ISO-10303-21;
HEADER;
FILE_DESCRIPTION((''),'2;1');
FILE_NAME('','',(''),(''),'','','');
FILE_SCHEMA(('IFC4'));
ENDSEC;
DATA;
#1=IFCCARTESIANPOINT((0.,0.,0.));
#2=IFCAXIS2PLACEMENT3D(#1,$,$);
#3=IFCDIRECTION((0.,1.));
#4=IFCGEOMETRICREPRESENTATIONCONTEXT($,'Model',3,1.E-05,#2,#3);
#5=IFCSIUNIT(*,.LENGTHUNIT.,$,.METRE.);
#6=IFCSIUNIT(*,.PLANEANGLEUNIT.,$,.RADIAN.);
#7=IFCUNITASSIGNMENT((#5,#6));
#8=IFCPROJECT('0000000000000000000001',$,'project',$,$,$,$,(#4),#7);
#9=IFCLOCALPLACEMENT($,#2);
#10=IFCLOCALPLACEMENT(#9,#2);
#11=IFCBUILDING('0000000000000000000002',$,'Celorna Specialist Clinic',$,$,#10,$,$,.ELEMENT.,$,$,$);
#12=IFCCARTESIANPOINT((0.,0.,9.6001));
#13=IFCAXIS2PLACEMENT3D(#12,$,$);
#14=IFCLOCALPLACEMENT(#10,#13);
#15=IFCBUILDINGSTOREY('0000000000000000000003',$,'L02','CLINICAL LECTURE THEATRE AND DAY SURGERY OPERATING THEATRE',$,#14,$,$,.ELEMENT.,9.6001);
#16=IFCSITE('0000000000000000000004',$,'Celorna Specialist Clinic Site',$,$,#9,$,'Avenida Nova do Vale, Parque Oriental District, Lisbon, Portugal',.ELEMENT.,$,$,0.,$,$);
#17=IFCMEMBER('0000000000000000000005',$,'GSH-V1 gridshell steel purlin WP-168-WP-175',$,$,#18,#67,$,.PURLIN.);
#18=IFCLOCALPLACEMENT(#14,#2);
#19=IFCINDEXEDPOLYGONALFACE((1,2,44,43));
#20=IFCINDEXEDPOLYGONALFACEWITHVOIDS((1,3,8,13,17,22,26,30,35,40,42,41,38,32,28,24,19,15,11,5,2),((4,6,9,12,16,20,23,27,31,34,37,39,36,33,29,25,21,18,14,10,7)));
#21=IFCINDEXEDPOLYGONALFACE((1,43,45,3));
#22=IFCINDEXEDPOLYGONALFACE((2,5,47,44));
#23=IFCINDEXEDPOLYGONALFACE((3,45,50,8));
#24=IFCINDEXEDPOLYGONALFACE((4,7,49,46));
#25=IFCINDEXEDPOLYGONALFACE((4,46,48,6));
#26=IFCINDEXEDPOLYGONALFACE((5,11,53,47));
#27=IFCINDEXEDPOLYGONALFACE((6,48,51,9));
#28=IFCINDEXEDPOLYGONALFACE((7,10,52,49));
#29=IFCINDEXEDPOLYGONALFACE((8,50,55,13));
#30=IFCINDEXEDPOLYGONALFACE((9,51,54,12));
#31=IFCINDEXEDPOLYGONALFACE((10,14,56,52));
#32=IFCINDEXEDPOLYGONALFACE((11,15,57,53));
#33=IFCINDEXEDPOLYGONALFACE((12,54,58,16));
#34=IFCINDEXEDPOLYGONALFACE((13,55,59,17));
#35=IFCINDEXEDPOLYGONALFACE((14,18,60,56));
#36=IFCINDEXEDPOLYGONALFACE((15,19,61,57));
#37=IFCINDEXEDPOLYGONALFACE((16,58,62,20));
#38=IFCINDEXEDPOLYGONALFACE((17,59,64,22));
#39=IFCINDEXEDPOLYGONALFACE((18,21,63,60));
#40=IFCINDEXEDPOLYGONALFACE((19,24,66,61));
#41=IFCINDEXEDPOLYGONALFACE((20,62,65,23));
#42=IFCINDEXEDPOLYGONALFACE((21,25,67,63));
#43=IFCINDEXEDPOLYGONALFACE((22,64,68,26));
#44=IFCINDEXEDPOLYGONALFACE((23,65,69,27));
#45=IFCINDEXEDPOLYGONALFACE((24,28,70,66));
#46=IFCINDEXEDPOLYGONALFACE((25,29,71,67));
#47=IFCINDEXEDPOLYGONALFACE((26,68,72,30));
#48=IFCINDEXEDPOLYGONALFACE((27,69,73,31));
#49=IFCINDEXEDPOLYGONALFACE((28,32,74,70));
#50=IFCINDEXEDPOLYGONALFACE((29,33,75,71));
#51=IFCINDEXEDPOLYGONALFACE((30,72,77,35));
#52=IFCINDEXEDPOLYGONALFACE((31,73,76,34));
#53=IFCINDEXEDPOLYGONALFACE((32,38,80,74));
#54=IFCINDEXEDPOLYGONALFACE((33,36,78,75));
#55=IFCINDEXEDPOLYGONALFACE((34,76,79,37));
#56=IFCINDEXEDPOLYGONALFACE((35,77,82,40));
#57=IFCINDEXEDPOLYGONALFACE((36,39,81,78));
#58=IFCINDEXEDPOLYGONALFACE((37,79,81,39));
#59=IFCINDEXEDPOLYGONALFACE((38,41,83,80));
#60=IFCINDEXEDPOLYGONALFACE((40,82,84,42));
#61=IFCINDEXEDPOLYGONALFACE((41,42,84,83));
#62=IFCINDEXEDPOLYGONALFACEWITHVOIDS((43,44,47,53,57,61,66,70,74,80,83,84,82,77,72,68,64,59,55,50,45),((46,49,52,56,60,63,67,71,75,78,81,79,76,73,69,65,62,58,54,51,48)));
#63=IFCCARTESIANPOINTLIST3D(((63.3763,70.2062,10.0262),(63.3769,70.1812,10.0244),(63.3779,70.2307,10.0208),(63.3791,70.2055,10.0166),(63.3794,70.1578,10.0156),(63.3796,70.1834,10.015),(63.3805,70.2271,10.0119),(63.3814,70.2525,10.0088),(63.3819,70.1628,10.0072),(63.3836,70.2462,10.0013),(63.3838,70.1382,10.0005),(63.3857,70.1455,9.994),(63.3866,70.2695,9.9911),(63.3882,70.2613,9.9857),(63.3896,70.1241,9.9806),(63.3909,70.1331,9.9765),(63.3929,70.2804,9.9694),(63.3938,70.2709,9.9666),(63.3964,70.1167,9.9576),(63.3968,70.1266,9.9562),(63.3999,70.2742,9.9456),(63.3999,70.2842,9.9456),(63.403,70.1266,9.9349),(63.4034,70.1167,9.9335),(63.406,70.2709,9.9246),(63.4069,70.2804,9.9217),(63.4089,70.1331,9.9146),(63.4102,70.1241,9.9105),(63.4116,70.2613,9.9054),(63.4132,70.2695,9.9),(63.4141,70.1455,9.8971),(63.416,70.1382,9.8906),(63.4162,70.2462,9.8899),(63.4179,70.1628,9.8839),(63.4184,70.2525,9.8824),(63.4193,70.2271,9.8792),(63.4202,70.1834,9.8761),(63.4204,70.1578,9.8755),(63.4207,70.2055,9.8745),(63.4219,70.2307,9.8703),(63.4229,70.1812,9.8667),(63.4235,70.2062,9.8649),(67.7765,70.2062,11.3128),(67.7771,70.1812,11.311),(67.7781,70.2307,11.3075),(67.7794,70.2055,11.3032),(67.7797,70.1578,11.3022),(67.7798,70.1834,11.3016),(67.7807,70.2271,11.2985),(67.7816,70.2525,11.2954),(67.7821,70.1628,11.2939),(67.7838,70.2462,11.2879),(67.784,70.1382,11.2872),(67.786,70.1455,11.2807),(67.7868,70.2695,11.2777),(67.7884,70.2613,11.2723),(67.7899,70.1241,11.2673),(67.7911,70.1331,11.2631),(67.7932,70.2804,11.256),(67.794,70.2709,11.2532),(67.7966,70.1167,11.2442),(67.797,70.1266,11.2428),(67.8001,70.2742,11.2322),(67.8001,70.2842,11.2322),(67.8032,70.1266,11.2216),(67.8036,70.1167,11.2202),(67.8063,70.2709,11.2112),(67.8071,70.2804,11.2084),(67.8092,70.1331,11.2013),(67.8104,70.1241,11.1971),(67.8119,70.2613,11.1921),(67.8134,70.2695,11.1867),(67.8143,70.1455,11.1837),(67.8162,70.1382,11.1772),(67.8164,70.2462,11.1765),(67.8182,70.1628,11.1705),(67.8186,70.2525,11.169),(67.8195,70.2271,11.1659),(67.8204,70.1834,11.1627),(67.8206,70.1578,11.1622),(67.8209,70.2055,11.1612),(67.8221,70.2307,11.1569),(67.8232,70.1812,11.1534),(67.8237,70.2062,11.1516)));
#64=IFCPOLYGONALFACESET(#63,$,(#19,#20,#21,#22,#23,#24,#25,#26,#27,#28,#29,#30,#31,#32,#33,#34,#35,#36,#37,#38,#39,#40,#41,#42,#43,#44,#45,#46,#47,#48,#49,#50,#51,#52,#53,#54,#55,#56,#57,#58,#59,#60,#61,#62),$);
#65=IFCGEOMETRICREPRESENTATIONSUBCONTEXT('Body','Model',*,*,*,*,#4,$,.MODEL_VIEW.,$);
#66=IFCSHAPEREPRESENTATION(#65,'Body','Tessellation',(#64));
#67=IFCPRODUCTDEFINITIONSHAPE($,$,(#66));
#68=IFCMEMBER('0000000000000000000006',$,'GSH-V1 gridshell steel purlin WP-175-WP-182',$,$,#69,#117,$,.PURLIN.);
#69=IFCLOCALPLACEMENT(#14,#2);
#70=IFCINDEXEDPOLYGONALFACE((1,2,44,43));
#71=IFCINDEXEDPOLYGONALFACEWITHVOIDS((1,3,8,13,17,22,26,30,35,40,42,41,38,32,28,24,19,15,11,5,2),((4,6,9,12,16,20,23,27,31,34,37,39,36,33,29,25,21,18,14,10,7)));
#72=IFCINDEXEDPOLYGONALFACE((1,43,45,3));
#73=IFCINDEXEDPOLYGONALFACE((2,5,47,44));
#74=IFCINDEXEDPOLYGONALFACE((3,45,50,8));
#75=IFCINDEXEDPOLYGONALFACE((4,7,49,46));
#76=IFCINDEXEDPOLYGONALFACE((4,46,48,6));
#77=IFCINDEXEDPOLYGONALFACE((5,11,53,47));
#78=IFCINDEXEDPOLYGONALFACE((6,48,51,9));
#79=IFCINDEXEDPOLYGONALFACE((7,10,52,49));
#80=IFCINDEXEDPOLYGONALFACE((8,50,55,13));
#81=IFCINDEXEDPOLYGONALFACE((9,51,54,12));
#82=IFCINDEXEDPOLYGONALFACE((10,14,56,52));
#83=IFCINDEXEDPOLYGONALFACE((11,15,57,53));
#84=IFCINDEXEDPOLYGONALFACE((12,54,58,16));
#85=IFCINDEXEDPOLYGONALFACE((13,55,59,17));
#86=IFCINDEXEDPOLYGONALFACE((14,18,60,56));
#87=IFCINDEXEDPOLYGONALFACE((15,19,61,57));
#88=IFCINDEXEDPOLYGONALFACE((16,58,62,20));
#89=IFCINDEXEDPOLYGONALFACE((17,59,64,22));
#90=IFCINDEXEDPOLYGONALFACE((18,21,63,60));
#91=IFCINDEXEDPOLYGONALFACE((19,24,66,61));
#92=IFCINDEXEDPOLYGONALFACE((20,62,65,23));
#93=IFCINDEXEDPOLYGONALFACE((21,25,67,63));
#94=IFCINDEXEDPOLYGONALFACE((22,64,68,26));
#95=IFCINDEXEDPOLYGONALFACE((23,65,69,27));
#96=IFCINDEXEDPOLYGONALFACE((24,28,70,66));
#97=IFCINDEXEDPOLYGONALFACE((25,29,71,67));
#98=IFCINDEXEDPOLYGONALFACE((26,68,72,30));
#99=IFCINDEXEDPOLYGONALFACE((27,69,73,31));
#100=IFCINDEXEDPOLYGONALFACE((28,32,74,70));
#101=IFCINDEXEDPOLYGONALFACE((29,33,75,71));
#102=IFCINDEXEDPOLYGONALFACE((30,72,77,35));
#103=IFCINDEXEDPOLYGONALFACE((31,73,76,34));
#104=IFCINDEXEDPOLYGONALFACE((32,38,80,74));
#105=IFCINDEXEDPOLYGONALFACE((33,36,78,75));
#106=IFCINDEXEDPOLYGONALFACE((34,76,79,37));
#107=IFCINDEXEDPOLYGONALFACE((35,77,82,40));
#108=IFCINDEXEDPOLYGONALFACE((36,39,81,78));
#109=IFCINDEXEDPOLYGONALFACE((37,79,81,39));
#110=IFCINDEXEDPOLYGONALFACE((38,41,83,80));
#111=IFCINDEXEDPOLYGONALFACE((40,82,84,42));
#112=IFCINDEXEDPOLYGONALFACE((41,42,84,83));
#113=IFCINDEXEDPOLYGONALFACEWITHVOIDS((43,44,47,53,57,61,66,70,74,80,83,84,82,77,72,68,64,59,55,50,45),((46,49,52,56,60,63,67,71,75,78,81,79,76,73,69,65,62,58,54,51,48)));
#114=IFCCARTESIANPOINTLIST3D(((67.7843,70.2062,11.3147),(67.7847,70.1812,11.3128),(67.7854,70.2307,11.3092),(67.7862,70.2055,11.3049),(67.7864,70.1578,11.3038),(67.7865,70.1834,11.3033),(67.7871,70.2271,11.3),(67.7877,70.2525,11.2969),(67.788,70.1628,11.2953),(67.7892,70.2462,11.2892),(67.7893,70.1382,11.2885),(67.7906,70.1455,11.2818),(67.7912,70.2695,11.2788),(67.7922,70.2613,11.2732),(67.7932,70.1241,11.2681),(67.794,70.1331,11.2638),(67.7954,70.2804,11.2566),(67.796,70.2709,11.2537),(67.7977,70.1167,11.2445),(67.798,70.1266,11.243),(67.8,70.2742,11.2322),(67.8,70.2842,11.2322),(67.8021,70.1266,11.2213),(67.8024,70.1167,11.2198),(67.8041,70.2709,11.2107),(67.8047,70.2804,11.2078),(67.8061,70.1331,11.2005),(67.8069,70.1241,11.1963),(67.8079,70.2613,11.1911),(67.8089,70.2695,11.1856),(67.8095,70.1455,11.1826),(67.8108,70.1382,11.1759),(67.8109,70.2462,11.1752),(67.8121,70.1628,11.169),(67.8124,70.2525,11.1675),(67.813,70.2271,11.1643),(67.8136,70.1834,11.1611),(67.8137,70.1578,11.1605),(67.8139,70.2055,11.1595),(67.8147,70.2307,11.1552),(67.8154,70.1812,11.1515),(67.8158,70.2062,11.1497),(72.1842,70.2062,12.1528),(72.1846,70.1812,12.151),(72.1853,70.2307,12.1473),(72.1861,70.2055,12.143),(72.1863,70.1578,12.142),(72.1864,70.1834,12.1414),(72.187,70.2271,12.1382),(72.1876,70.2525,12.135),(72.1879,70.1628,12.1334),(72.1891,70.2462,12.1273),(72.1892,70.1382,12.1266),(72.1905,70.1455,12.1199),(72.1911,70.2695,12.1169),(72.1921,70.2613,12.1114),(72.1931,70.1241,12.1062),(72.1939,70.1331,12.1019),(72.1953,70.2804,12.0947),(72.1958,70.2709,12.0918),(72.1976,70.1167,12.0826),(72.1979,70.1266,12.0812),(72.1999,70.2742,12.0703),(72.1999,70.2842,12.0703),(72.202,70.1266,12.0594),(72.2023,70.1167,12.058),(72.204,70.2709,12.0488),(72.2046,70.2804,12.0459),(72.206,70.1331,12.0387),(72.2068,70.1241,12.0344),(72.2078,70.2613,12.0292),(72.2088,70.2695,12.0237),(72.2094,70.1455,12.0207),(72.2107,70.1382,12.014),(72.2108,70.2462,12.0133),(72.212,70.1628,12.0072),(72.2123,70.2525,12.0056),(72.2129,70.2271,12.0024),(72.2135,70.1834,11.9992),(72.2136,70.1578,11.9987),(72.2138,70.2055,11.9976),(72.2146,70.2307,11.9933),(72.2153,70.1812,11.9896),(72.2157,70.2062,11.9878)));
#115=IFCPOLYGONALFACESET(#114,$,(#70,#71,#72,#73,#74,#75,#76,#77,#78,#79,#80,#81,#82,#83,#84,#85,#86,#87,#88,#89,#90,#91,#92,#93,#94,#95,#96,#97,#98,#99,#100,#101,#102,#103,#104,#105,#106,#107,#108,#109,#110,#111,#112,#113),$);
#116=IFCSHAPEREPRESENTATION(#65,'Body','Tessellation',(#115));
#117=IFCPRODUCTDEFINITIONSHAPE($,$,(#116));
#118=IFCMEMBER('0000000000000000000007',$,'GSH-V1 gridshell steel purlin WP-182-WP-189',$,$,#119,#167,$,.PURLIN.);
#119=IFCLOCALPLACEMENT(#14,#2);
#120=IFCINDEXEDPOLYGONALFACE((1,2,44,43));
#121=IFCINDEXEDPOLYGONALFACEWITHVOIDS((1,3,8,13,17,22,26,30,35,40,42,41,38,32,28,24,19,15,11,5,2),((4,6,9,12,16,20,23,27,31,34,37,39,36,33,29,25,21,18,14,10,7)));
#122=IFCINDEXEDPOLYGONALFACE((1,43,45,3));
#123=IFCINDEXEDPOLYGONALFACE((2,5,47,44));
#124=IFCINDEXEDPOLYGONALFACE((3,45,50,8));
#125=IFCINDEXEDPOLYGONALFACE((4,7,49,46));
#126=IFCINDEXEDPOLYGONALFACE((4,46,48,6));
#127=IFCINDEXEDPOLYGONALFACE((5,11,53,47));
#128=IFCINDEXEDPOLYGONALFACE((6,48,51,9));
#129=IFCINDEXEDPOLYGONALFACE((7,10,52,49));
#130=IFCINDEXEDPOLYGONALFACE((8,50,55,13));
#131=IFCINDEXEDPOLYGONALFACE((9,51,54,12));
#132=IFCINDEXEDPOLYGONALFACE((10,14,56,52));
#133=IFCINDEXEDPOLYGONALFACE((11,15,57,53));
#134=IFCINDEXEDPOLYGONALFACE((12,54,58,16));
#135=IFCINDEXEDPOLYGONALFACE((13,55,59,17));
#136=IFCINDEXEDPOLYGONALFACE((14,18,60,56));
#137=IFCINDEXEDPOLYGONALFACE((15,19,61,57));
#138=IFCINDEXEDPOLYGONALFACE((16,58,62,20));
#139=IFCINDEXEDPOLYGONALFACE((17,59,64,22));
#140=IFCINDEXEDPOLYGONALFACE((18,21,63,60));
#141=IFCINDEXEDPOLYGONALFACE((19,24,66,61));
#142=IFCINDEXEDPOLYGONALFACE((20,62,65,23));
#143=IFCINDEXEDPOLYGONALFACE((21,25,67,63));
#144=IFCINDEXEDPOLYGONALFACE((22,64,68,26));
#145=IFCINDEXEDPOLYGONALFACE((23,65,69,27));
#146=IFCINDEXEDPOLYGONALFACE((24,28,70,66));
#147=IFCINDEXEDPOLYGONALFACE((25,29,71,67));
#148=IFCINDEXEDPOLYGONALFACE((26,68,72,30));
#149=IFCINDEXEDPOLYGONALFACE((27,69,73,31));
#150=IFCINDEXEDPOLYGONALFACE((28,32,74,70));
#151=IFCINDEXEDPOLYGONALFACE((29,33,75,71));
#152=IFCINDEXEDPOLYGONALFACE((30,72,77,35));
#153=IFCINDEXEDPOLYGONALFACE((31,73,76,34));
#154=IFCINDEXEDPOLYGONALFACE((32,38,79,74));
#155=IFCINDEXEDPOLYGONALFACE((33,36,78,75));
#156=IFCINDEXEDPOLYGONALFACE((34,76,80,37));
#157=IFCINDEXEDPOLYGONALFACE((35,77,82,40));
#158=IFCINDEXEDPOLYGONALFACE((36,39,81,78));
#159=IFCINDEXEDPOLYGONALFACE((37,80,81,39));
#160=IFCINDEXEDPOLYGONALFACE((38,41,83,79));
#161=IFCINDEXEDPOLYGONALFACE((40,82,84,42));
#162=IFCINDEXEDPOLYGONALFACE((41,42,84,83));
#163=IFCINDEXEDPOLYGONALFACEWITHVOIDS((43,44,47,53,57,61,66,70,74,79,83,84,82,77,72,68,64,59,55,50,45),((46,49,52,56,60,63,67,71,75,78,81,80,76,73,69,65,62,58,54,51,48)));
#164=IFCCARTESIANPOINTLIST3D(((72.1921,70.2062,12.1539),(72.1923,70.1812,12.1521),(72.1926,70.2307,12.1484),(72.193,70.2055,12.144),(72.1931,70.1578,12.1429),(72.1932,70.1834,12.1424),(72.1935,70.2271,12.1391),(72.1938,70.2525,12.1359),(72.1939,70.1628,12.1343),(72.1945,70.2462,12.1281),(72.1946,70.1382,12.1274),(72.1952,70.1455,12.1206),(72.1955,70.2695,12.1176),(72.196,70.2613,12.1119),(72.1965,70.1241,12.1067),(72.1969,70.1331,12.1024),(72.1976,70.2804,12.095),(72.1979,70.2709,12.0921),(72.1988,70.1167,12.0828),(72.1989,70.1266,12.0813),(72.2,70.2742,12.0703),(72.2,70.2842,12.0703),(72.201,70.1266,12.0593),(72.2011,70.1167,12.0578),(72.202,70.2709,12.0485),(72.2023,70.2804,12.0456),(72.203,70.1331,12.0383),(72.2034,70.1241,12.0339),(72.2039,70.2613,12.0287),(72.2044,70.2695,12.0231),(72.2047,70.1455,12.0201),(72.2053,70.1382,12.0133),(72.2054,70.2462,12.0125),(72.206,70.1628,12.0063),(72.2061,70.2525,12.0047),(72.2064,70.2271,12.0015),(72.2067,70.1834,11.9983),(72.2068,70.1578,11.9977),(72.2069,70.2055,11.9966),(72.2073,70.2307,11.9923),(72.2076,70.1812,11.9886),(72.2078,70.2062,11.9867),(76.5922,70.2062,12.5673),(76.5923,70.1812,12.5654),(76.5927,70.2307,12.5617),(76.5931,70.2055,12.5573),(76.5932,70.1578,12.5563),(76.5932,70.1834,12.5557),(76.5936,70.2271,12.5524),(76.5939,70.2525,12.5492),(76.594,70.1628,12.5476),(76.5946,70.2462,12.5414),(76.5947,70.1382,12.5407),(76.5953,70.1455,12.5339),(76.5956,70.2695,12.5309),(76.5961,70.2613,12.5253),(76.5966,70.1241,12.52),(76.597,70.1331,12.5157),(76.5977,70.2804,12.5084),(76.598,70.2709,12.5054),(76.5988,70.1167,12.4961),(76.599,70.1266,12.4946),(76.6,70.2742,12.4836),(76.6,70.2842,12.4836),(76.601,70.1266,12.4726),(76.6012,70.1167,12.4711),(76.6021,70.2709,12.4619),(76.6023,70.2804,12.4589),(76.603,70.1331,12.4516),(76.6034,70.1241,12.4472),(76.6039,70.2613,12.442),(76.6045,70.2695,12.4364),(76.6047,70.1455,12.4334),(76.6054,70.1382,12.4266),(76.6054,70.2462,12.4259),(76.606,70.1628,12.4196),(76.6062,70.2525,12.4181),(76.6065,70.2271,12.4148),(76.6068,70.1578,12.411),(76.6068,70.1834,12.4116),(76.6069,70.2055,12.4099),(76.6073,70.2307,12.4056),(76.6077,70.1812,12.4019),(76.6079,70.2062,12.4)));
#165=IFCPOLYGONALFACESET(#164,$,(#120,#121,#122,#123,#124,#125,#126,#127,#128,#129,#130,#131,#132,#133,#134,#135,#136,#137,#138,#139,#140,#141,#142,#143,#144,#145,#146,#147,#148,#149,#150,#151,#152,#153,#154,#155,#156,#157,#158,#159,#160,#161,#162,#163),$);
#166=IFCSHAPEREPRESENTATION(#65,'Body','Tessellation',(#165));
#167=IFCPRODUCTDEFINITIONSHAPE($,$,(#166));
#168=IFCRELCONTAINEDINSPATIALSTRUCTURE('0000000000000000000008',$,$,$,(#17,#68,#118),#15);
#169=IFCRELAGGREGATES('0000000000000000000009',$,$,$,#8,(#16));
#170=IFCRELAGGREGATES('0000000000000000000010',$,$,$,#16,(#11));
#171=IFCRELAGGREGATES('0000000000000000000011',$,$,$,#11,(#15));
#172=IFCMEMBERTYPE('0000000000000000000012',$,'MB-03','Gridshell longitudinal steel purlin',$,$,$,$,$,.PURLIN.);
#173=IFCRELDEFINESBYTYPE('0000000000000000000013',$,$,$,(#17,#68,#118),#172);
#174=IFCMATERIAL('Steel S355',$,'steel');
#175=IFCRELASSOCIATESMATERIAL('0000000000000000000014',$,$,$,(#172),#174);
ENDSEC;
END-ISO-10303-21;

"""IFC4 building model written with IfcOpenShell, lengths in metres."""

from ifc_helpers import new_model, si_unit, direction, frame, origin, origin_2d, place, context, subcontext, project, spatial, hollow_circle, extrude, material, material_profile, profile_set, type_object, element, save


model = new_model("IFC4")

# Units and contexts
model_context = context("Model", 3, precision=1e-05, world=origin(), true_north=direction((0.0, 1.0)))
body_context = subcontext(model_context, "Body", "Model", "MODEL_VIEW")
ifc_project = project(units=[si_unit("LENGTHUNIT", "METRE"), si_unit("PLANEANGLEUNIT", "RADIAN")], contexts=[model_context])

# Site, building, storey
site_placement = place(None, origin())
site = spatial("IfcSite", under=ifc_project, at=site_placement, Name="Celorna Specialist Clinic Site", LongName="Avenida Nova do Vale, Parque Oriental District, Lisbon, Portugal", CompositionType="ELEMENT", RefElevation=0.0)
building_placement = place(site_placement, origin())
building = spatial("IfcBuilding", under=site, at=building_placement, Name="Celorna Specialist Clinic", CompositionType="ELEMENT")
storey_placement = place(building_placement, frame((0.0, 0.0, 9.6001)))
storey = spatial("IfcBuildingStorey", under=building, at=storey_placement, Name="L02", Description="CLINICAL LECTURE THEATRE AND DAY SURGERY OPERATING THEATRE", CompositionType="ELEMENT", Elevation=9.6001)

# Shared definitions
ifc_material_1 = material(Name="Steel S355", Category="steel")

# Members
ifc_material_profile_1 = material_profile(ifc_material_1, hollow_circle(Radius=0.0842, WallThickness=0.01, at=origin_2d()), Name="CHS 168.3x10")
ifc_profile_set_1 = profile_set([ifc_material_profile_1], Name="Steel S355")
member_type_1 = type_object("IfcMemberType", Name="MB-03", Description="Gridshell longitudinal steel purlin", PredefinedType="PURLIN", material=ifc_profile_set_1)
member_1_placement = place(storey_placement, frame((63.3999, 70.2, 9.9456), z_axis=(0.95981, 0.0, 0.280652), x_axis=(0.0, 1.0, 0.0)))
element("IfcMember", 1, at=member_1_placement, inside=storey, type_object=member_type_1, Name="GSH-V1 gridshell steel purlin WP-168-WP-175", PredefinedType="PURLIN", context=body_context, shape_type="SweptSolid", body=[
    extrude(hollow_circle(Radius=0.0842, WallThickness=0.01, at=origin_2d()), origin(), (0.0, 0.0, 1.0), 4.5845),
])
member_2_placement = place(storey_placement, frame((67.8, 70.2, 11.2322), z_axis=(0.982336, 0.0, 0.187125), x_axis=(0.0, 1.0, 0.0)))
element("IfcMember", 2, at=member_2_placement, inside=storey, type_object=member_type_1, Name="GSH-V1 gridshell steel purlin WP-175-WP-182", PredefinedType="PURLIN", context=body_context, shape_type="SweptSolid", body=[
    extrude(hollow_circle(Radius=0.0842, WallThickness=0.01, at=origin_2d()), origin(), (0.0, 0.0, 1.0), 4.479),
])
member_3_placement = place(storey_placement, frame((72.2, 70.2, 12.0703), z_axis=(0.995617, 0.0, 0.093524), x_axis=(0.0, 1.0, 0.0)))
element("IfcMember", 3, at=member_3_placement, inside=storey, type_object=member_type_1, Name="GSH-V1 gridshell steel purlin WP-182-WP-189", PredefinedType="PURLIN", context=body_context, shape_type="SweptSolid", body=[
    extrude(hollow_circle(Radius=0.0842, WallThickness=0.01, at=origin_2d()), origin(), (0.0, 0.0, 1.0), 4.4194),
])

save(model, "model.ifc")
